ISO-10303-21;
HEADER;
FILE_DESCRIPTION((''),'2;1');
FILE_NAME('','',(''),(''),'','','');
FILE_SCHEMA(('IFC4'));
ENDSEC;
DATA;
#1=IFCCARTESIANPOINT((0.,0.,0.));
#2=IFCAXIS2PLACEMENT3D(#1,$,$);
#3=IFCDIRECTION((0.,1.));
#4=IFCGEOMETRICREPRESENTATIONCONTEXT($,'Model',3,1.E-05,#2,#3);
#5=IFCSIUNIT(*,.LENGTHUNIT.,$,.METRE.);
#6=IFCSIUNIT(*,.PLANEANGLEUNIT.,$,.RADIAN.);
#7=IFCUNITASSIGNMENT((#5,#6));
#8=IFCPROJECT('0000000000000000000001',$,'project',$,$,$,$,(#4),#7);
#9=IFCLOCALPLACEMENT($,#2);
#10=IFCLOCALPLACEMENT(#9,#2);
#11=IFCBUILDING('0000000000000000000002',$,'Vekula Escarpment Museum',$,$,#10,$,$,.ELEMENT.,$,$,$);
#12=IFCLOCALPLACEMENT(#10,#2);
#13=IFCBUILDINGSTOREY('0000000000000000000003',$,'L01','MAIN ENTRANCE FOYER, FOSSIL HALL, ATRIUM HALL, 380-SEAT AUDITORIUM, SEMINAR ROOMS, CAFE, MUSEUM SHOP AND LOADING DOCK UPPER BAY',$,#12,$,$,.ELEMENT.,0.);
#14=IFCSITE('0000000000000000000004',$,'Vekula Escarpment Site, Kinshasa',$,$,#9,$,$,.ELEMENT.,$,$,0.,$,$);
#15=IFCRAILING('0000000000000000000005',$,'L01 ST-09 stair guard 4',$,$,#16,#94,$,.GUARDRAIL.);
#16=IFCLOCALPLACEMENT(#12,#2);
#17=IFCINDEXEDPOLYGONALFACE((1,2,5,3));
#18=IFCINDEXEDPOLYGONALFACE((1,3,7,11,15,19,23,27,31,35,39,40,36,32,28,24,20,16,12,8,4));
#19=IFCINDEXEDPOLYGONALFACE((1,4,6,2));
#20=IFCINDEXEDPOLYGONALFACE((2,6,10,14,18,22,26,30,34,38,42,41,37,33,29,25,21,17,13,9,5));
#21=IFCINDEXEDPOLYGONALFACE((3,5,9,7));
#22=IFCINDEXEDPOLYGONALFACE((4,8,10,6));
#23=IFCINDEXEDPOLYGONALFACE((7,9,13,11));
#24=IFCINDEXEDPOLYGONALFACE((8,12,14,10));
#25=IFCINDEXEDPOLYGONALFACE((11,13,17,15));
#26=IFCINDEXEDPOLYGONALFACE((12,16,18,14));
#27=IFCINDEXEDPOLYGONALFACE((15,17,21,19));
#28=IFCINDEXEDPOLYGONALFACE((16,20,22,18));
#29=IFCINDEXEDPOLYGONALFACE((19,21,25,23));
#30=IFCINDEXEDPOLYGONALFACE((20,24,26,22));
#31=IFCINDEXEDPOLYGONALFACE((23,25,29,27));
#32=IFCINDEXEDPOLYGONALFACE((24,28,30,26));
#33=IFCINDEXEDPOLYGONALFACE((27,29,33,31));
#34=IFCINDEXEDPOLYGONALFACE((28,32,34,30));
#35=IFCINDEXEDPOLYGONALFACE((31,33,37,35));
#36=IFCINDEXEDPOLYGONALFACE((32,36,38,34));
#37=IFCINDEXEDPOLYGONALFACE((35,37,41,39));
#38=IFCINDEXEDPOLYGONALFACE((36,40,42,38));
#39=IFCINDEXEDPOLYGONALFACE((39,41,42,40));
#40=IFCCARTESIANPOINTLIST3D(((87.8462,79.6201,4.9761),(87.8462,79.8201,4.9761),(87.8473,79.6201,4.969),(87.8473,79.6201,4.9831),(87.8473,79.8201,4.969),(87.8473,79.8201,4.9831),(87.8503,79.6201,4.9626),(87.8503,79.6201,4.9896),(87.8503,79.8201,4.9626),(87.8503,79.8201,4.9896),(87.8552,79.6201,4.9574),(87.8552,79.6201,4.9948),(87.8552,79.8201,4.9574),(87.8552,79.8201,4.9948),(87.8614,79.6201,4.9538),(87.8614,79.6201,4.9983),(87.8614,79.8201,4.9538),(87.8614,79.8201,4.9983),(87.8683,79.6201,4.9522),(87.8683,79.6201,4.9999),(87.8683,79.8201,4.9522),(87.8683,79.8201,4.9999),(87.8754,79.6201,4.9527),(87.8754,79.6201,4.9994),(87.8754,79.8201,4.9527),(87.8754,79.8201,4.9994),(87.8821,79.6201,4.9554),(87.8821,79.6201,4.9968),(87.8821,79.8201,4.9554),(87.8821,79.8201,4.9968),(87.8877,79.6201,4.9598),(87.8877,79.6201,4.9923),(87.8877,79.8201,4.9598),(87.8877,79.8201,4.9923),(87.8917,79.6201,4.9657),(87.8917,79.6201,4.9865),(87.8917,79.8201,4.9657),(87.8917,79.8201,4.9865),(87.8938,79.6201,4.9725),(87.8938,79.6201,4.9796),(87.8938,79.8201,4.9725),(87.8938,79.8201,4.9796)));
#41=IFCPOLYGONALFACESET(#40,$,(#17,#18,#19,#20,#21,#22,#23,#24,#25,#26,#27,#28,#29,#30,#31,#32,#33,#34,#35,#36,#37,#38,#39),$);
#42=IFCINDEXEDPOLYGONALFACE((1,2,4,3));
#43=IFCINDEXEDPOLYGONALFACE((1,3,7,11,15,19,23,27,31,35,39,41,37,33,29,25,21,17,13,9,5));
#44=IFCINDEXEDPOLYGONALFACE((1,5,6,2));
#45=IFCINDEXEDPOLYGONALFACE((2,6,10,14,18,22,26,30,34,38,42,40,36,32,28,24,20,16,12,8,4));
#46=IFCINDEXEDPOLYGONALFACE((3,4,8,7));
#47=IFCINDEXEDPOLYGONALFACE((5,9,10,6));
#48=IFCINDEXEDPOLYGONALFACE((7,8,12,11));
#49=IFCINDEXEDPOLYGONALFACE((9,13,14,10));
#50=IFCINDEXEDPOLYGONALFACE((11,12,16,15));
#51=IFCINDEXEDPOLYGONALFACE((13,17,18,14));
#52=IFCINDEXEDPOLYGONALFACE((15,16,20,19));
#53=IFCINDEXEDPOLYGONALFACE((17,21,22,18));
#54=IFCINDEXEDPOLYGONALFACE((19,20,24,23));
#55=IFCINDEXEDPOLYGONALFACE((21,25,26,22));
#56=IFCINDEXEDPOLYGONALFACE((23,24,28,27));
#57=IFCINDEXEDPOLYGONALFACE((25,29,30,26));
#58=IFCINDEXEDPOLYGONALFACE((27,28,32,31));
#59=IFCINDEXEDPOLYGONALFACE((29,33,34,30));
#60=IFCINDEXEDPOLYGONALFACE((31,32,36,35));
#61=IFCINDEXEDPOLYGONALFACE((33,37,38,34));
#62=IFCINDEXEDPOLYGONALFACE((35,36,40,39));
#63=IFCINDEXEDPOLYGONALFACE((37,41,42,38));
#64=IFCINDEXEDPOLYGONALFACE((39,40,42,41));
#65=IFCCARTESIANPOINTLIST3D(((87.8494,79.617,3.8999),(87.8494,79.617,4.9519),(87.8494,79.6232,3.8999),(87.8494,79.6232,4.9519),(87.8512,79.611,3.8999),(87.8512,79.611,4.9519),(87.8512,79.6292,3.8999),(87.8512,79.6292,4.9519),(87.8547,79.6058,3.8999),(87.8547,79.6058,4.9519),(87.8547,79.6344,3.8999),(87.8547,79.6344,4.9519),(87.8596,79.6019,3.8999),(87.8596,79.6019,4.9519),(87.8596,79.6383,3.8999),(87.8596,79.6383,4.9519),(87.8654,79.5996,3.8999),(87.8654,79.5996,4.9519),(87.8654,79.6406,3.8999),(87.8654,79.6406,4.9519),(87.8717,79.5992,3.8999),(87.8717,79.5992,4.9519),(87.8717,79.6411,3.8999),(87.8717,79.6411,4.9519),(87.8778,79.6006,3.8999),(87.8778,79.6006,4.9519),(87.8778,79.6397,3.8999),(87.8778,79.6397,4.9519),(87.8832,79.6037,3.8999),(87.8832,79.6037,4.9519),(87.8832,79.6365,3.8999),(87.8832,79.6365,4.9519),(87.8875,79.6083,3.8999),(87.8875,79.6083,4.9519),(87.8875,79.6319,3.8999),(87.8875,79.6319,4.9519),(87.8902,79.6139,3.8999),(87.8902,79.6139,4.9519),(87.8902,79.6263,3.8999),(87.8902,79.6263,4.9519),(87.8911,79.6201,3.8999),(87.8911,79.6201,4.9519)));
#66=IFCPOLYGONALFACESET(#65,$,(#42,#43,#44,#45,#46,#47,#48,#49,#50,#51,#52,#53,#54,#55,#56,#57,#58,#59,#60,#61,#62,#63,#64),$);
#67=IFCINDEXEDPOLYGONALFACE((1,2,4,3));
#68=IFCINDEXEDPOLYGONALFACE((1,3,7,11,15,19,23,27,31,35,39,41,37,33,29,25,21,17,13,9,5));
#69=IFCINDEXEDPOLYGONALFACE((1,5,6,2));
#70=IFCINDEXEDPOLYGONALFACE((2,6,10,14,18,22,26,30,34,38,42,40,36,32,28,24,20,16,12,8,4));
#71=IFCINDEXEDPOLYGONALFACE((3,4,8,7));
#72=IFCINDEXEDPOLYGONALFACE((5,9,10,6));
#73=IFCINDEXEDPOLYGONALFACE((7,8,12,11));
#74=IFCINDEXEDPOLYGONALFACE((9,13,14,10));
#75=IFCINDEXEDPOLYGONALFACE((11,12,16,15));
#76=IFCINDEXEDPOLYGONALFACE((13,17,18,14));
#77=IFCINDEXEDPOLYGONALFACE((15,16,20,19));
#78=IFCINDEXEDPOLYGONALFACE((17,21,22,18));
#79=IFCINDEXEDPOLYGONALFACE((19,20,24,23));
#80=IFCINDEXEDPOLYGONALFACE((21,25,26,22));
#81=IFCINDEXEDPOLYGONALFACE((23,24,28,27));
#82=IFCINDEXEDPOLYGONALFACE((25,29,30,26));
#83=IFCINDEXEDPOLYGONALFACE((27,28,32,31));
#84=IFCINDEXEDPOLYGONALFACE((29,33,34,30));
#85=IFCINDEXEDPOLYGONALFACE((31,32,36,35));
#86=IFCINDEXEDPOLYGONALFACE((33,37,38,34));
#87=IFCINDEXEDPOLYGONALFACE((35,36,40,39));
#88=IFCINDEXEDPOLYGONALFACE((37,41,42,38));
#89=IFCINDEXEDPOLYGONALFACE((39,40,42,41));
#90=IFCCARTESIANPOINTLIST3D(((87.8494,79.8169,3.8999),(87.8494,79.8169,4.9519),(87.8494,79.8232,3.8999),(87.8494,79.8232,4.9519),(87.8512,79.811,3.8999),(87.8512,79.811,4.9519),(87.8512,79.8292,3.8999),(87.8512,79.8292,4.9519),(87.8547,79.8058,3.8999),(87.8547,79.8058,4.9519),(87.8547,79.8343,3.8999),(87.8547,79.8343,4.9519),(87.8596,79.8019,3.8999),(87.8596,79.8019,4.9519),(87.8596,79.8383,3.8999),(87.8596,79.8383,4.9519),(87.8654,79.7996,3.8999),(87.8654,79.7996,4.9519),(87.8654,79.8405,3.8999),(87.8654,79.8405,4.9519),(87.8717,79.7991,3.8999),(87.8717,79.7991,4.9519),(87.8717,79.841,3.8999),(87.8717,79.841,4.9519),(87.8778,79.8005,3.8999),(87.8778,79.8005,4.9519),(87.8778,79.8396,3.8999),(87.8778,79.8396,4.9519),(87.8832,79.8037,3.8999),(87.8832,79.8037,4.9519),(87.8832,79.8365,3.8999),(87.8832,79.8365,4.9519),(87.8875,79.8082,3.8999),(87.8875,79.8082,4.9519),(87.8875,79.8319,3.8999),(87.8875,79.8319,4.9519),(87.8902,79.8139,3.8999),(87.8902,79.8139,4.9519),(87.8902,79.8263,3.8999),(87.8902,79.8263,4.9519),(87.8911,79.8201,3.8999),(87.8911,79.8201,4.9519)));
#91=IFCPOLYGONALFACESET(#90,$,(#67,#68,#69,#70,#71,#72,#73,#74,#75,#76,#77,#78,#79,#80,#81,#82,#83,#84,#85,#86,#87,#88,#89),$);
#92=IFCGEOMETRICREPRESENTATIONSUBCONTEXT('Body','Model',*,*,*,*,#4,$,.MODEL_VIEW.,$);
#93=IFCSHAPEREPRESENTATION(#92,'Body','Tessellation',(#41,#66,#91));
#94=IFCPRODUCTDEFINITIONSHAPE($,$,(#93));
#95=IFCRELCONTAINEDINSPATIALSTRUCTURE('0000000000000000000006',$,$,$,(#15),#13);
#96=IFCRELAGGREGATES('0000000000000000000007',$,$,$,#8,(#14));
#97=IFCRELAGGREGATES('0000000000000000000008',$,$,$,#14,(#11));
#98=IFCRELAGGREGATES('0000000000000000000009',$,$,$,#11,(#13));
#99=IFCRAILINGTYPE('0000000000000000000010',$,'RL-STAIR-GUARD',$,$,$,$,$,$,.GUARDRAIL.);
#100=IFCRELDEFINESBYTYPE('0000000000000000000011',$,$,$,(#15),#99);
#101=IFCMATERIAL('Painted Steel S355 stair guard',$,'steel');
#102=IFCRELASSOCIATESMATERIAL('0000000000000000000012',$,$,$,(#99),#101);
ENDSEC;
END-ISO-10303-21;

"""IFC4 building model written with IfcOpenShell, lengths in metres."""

from ifc_helpers import new_model, si_unit, direction, frame, origin, origin_2d, place, context, subcontext, project, spatial, circle, extrude, material, type_object, element, save


model = new_model("IFC4")

# Units and contexts
model_context = context("Model", 3, precision=1e-05, world=origin(), true_north=direction((0.0, 1.0)))
body_context = subcontext(model_context, "Body", "Model", "MODEL_VIEW")
ifc_project = project(units=[si_unit("LENGTHUNIT", "METRE"), si_unit("PLANEANGLEUNIT", "RADIAN")], contexts=[model_context])

# Site, building, storey
site_placement = place(None, origin())
site = spatial("IfcSite", under=ifc_project, at=site_placement, Name="Vekula Escarpment Site, Kinshasa", CompositionType="ELEMENT", RefElevation=0.0)
building_placement = place(site_placement, origin())
building = spatial("IfcBuilding", under=site, at=building_placement, Name="Vekula Escarpment Museum", CompositionType="ELEMENT")
storey_placement = place(building_placement, origin())
storey = spatial("IfcBuildingStorey", under=building, at=storey_placement, Name="L01", Description="MAIN ENTRANCE FOYER, FOSSIL HALL, ATRIUM HALL, 380-SEAT AUDITORIUM, SEMINAR ROOMS, CAFE, MUSEUM SHOP AND LOADING DOCK UPPER BAY", CompositionType="ELEMENT", Elevation=0.0)

# Railing
ifc_material_1 = material(Name="Painted Steel S355 stair guard", Category="steel")
railing_type_1 = type_object("IfcRailingType", Name="RL-STAIR-GUARD", PredefinedType="GUARDRAIL", material=ifc_material_1)
railing_1_placement = place(storey_placement, frame((87.8701, 79.6201, 3.8999)))
element("IfcRailing", 1, at=railing_1_placement, inside=storey, type_object=railing_type_1, Name="L01 ST-09 stair guard 4", PredefinedType="GUARDRAIL", context=body_context, shape_type="SweptSolid", body=[
    extrude(circle(Radius=0.0239, at=origin_2d()), frame((0.0, 0.0, 1.0762), z_axis=(0.0, 1.0, 0.0), x_axis=(-1.0, 0.0, 0.0)), (0.0, 0.0, 1.0), 0.2),
    extrude(circle(Radius=0.021, at=origin_2d()), origin(), (0.0, 0.0, 1.0), 1.052),
    extrude(circle(Radius=0.021, at=origin_2d()), frame((0.0, 0.2, 0.0)), (0.0, 0.0, 1.0), 1.052),
])

save(model, "model.ifc")
